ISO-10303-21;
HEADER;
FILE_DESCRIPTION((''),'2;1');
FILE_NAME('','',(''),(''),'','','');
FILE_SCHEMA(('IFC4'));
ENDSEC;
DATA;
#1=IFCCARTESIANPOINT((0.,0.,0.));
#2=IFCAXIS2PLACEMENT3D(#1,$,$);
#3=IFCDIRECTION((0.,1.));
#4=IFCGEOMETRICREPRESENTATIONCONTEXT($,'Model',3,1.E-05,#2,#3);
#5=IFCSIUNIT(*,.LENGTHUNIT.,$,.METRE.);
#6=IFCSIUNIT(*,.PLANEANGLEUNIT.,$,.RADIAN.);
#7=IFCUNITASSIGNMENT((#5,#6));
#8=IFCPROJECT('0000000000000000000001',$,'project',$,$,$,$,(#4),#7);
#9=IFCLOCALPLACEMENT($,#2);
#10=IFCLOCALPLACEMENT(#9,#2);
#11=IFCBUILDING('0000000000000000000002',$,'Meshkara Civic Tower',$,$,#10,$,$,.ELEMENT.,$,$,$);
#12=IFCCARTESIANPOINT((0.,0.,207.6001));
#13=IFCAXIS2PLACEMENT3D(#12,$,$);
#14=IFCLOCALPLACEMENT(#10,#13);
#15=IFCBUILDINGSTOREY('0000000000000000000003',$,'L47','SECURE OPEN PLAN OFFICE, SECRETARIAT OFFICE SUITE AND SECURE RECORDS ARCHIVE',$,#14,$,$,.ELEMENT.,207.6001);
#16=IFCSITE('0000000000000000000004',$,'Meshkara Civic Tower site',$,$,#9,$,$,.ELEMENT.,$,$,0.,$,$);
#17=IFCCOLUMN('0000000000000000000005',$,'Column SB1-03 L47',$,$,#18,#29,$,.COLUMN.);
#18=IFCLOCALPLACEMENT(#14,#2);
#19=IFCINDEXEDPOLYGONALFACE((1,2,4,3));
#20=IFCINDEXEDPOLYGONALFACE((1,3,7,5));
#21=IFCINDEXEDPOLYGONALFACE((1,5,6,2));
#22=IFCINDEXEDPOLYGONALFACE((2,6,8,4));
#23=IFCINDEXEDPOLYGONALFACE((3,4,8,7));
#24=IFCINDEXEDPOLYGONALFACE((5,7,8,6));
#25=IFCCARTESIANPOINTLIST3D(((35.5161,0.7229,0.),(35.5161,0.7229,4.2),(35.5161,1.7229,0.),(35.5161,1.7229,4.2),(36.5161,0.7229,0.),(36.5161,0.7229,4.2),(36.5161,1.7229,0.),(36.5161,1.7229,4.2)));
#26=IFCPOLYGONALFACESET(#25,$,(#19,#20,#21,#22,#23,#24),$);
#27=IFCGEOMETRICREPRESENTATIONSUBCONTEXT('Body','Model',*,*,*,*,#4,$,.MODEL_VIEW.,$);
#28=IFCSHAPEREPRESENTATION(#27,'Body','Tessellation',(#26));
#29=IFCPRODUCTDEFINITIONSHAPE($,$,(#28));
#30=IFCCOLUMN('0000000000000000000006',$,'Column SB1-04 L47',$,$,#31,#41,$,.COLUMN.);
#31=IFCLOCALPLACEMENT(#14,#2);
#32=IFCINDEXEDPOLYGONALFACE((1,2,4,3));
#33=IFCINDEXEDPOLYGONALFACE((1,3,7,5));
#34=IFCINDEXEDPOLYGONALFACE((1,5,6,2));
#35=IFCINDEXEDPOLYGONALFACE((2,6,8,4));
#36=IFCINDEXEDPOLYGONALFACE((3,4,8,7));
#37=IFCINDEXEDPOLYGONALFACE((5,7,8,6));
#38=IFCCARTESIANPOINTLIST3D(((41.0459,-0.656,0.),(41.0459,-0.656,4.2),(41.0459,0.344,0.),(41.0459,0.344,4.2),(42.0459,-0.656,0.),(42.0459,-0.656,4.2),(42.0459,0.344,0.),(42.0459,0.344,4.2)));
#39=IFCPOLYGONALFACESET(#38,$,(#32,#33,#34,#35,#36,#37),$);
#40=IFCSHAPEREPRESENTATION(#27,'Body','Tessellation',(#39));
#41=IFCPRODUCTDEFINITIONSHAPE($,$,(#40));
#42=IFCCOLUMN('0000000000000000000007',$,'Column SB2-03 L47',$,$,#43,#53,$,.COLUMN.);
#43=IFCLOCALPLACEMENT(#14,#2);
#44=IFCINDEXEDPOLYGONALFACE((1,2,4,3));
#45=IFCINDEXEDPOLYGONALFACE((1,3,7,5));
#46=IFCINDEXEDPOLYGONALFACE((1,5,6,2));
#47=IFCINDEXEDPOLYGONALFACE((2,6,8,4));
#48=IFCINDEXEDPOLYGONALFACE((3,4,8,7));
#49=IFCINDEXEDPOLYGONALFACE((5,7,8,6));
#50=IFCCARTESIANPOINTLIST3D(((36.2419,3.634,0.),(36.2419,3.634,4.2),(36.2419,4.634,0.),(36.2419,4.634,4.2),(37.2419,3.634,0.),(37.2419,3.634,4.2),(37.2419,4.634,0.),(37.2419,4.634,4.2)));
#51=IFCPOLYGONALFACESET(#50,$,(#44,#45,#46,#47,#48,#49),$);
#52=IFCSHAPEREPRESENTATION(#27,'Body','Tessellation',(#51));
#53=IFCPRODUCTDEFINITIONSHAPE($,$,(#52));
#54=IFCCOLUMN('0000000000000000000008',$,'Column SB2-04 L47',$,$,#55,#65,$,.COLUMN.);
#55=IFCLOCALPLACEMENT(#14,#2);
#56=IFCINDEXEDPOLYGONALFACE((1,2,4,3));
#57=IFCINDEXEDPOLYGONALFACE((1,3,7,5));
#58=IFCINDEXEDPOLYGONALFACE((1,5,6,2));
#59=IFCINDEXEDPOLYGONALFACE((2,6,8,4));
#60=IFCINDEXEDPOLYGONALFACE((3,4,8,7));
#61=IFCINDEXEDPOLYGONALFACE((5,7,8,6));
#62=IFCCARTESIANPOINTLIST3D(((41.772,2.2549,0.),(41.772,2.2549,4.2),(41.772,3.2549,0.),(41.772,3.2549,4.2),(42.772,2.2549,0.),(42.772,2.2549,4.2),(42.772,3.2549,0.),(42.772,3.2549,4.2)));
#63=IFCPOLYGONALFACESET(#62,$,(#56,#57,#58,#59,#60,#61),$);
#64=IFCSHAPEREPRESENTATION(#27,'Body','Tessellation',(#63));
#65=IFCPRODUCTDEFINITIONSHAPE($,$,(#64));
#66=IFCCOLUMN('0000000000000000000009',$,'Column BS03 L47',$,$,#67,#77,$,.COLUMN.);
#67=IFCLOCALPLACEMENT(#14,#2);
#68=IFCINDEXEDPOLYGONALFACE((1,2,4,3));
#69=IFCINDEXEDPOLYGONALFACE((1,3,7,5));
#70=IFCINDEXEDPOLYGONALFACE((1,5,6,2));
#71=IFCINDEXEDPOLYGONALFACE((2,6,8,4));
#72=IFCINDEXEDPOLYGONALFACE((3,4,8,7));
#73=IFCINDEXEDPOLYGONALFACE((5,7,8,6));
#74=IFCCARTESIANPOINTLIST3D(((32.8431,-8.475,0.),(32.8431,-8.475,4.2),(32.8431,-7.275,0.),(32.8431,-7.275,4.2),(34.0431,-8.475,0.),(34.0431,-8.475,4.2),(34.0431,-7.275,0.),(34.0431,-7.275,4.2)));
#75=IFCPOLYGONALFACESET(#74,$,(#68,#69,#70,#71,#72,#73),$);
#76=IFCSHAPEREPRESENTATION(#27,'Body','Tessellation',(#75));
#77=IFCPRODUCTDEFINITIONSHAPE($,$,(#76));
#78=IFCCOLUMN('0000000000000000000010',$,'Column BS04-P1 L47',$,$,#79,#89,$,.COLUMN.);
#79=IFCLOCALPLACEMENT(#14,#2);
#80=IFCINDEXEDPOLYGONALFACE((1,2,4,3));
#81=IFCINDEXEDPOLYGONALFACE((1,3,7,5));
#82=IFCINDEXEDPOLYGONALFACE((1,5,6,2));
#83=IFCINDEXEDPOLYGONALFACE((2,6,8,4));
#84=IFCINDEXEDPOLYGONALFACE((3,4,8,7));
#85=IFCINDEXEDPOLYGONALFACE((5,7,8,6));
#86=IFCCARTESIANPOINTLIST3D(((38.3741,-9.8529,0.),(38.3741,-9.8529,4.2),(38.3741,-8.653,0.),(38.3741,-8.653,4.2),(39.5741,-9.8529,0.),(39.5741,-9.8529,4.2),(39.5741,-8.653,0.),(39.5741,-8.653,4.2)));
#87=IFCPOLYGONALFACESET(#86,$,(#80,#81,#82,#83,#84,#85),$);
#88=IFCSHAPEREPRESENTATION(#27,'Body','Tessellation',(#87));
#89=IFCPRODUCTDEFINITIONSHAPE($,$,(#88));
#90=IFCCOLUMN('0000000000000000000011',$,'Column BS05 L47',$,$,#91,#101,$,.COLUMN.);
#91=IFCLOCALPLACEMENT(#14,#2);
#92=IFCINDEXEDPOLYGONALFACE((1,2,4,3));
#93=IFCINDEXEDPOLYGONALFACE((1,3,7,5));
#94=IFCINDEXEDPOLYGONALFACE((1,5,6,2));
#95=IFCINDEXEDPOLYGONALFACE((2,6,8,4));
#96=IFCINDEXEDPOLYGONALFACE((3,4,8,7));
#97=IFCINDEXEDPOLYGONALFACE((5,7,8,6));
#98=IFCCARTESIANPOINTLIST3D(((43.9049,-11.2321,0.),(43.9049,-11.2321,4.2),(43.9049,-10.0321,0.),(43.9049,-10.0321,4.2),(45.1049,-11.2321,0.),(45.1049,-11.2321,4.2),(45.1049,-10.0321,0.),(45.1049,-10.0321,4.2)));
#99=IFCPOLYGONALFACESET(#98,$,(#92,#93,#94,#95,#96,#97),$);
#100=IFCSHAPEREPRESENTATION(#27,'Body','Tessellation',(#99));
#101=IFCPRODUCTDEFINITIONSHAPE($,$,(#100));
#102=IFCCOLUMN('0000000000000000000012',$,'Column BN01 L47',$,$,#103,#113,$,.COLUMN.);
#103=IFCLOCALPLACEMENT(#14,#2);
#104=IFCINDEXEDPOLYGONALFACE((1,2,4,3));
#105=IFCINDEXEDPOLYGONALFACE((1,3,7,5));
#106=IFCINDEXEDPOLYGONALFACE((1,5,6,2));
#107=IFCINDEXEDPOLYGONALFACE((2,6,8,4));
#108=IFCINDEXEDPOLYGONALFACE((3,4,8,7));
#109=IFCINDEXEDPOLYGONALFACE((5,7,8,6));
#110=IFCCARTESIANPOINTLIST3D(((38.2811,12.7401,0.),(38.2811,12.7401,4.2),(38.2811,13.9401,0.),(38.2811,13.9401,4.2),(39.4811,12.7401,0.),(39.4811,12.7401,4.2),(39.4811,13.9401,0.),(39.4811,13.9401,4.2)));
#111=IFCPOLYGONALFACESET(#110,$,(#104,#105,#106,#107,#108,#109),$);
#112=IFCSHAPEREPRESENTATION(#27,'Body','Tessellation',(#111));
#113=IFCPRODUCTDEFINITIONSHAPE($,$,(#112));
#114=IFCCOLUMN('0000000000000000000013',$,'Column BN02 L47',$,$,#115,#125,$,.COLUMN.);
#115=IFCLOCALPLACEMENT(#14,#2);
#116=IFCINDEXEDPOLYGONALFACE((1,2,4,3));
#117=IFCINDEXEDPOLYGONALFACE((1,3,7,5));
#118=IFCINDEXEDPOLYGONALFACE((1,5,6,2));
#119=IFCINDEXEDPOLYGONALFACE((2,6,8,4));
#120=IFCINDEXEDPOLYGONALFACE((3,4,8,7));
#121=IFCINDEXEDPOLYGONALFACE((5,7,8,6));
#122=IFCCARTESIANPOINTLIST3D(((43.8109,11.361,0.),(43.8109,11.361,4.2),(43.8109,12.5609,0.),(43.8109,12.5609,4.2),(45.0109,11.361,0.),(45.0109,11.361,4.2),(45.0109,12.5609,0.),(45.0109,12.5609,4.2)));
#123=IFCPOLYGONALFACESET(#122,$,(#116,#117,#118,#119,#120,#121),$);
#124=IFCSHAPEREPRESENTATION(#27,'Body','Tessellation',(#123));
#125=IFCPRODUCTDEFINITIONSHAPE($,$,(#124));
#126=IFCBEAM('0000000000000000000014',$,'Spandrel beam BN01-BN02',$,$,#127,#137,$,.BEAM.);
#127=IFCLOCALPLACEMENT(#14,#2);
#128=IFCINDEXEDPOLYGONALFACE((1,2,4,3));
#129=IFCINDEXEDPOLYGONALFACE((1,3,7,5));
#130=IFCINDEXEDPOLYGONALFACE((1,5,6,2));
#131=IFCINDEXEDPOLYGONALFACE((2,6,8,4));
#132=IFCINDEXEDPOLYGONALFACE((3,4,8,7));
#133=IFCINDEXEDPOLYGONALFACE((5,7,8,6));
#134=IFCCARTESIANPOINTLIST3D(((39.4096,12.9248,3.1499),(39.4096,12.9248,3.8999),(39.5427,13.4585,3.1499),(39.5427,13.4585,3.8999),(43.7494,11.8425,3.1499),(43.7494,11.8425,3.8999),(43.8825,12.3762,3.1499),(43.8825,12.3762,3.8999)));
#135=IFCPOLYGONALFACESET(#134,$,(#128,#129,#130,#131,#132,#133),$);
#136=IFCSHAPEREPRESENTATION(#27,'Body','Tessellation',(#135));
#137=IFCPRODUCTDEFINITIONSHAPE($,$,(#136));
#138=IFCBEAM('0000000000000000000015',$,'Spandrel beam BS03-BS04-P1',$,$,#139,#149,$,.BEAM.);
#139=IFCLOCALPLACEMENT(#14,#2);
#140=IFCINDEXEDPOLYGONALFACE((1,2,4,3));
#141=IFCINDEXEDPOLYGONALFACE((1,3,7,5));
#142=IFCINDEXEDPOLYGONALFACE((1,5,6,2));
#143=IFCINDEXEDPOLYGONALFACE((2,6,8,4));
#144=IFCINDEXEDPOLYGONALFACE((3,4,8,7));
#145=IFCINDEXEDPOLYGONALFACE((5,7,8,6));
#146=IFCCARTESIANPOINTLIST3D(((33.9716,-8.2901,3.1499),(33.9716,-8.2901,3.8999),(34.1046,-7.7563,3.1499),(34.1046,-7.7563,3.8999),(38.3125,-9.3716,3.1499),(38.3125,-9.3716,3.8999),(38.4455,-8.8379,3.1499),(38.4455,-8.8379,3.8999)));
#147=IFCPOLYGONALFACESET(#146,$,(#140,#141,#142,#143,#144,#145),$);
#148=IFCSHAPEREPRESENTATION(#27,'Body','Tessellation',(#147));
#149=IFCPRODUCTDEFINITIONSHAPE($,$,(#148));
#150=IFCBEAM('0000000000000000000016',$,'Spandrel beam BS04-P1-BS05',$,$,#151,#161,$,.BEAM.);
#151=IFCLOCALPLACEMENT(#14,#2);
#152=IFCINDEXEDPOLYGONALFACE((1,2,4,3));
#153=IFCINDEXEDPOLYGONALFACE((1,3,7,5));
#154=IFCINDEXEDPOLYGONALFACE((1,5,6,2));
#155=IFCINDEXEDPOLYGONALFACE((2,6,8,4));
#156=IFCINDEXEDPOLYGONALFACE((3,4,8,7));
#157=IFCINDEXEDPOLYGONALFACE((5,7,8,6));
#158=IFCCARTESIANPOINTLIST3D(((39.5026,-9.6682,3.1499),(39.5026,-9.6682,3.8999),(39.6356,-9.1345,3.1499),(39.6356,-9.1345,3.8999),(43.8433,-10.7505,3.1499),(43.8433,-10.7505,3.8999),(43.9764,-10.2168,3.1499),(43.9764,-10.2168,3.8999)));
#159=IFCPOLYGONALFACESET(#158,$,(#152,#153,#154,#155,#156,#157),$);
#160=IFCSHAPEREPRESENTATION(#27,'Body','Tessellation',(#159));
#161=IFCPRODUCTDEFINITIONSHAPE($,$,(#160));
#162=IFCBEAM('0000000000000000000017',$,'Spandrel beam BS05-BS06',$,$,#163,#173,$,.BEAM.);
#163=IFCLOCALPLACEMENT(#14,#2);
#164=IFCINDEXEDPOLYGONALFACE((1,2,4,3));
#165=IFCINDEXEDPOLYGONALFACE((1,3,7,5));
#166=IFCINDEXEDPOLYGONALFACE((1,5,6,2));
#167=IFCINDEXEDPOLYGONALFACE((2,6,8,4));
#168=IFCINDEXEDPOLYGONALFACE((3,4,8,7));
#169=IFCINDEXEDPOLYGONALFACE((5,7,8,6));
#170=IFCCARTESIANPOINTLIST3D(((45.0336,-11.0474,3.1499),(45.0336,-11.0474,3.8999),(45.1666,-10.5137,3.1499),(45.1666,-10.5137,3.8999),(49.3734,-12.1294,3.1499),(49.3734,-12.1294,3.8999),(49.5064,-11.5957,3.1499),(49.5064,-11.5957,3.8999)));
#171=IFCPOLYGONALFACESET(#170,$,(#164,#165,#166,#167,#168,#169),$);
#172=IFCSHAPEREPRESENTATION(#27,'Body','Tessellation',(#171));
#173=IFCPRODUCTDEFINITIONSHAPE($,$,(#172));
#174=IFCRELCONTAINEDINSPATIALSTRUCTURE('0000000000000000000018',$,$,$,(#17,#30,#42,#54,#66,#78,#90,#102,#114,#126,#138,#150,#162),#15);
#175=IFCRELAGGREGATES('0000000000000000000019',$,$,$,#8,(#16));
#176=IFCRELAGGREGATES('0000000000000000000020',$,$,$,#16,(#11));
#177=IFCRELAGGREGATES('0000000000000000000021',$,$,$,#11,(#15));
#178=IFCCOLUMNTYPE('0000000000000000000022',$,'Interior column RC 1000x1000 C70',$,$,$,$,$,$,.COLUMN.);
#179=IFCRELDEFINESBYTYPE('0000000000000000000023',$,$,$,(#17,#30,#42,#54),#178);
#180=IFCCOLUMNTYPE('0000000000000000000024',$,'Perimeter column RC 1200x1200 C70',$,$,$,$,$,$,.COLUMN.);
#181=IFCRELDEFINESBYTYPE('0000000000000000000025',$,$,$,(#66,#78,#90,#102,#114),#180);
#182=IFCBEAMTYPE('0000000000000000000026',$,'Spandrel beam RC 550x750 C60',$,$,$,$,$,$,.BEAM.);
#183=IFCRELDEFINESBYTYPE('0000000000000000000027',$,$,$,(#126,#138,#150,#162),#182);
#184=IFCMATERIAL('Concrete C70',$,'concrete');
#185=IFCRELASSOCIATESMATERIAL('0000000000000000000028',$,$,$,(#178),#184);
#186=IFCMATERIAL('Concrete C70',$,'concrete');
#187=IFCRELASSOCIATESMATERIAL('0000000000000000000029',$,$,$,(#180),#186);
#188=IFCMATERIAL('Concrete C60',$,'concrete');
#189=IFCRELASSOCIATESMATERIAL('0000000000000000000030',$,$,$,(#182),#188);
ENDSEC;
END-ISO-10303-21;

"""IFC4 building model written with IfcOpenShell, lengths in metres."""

from ifc_helpers import new_model, si_unit, direction, frame, origin, origin_2d, place, context, subcontext, project, spatial, rectangle, extrude, material, material_profile, profile_set, type_object, element, save


model = new_model("IFC4")

# Units and contexts
model_context = context("Model", 3, precision=1e-05, world=origin(), true_north=direction((0.0, 1.0)))
body_context = subcontext(model_context, "Body", "Model", "MODEL_VIEW")
ifc_project = project(units=[si_unit("LENGTHUNIT", "METRE"), si_unit("PLANEANGLEUNIT", "RADIAN")], contexts=[model_context])

# Site, building, storey
site_placement = place(None, origin())
site = spatial("IfcSite", under=ifc_project, at=site_placement, Name="Meshkara Civic Tower site", CompositionType="ELEMENT", RefElevation=0.0)
building_placement = place(site_placement, origin())
building = spatial("IfcBuilding", under=site, at=building_placement, Name="Meshkara Civic Tower", CompositionType="ELEMENT")
storey_placement = place(building_placement, frame((0.0, 0.0, 207.6001)))
storey = spatial("IfcBuildingStorey", under=building, at=storey_placement, Name="L47", Description="SECURE OPEN PLAN OFFICE, SECRETARIAT OFFICE SUITE AND SECURE RECORDS ARCHIVE", CompositionType="ELEMENT", Elevation=207.6001)

# Columns
ifc_material_1 = material(Name="Concrete C70", Category="concrete")
ifc_material_profile_1 = material_profile(ifc_material_1, rectangle(XDim=1.0, YDim=1.0, at=origin_2d()))
ifc_profile_set_1 = profile_set([ifc_material_profile_1], Name="Concrete C70")
column_type_1 = type_object("IfcColumnType", Name="Interior column RC 1000x1000 C70", PredefinedType="COLUMN", material=ifc_profile_set_1)
for number, where, z_axis, x_axis, name in (
    (1, (36.0161, 1.2229, 0.0), (0.0, 0.0, 1.0), (1.0, 0.0, 0.0), "Column SB1-03 L47"),
    (2, (41.5459, -0.156, 0.0), (0.0, 0.0, 1.0), (1.0, 0.0, 0.0), "Column SB1-04 L47"),
    (3, (36.7419, 4.134, 0.0), (0.0, 0.0, 1.0), (1.0, 0.0, 0.0), "Column SB2-03 L47"),
    (4, (42.272, 2.7549, 0.0), (0.0, 0.0, 1.0), (1.0, 0.0, 0.0), "Column SB2-04 L47"),
):
    element("IfcColumn", number, at=place(storey_placement, frame(where, z_axis=z_axis, x_axis=x_axis)), inside=storey, type_object=column_type_1, Name=name, PredefinedType="COLUMN", context=body_context, shape_type="SweptSolid", body=[
        extrude(rectangle(XDim=1.0, YDim=1.0, at=origin_2d()), origin(), (0.0, 0.0, 1.0), 4.2),
    ])
ifc_material_2 = material(Name="Concrete C70", Category="concrete")
ifc_material_profile_2 = material_profile(ifc_material_2, rectangle(XDim=1.2, YDim=1.2, at=origin_2d()))
ifc_profile_set_2 = profile_set([ifc_material_profile_2], Name="Concrete C70")
column_type_2 = type_object("IfcColumnType", Name="Perimeter column RC 1200x1200 C70", PredefinedType="COLUMN", material=ifc_profile_set_2)
for number, where, z_axis, x_axis, name in (
    (5, (33.4431, -7.875, 0.0), (0.0, 0.0, 1.0), (1.0, 0.0, 0.0), "Column BS03 L47"),
    (6, (38.9741, -9.2529, 0.0), (0.0, 0.0, 1.0), (1.0, 0.0, 0.0), "Column BS04-P1 L47"),
    (7, (44.5049, -10.6321, 0.0), (0.0, 0.0, 1.0), (1.0, 0.0, 0.0), "Column BS05 L47"),
    (8, (38.8811, 13.3401, 0.0), (0.0, 0.0, 1.0), (1.0, 0.0, 0.0), "Column BN01 L47"),
    (9, (44.4109, 11.9609, 0.0), (0.0, 0.0, 1.0), (1.0, 0.0, 0.0), "Column BN02 L47"),
):
    element("IfcColumn", number, at=place(storey_placement, frame(where, z_axis=z_axis, x_axis=x_axis)), inside=storey, type_object=column_type_2, Name=name, PredefinedType="COLUMN", context=body_context, shape_type="SweptSolid", body=[
        extrude(rectangle(XDim=1.2, YDim=1.2, at=origin_2d()), origin(), (0.0, 0.0, 1.0), 4.2),
    ])

# Beams
ifc_material_3 = material(Name="Concrete C60", Category="concrete")
ifc_material_profile_3 = material_profile(ifc_material_3, rectangle(XDim=0.55, YDim=0.75, at=origin_2d()))
ifc_profile_set_3 = profile_set([ifc_material_profile_3], Name="Concrete C60")
beam_type = type_object("IfcBeamType", Name="Spandrel beam RC 550x750 C60", PredefinedType="BEAM", material=ifc_profile_set_3)
beam_1_placement = place(storey_placement, frame((43.8159, 12.1094, 3.5249), z_axis=(-0.970284, 0.24197, 0.0), x_axis=(-0.24197, -0.970284, 0.0)))
element("IfcBeam", 10, at=beam_1_placement, inside=storey, type_object=beam_type, Name="Spandrel beam BN01-BN02", PredefinedType="BEAM", context=body_context, shape_type="SweptSolid", body=[
    extrude(rectangle(XDim=0.55, YDim=0.75, at=origin_2d()), origin(), (0.0, 0.0, 1.0), 4.4727),
])
for number, where, z_axis, x_axis, name in (
    (11, (34.0381, -8.0232, 3.5249), (0.970335, -0.241765, 0.0), (0.241765, 0.970335, 0.0), "Spandrel beam BS03-BS04-P1"),
    (12, (39.5691, -9.4014, 3.5249), (0.970296, -0.241919, 0.0), (0.241919, 0.970296, 0.0), "Spandrel beam BS04-P1-BS05"),
):
    element("IfcBeam", number, at=place(storey_placement, frame(where, z_axis=z_axis, x_axis=x_axis)), inside=storey, type_object=beam_type, Name=name, PredefinedType="BEAM", context=body_context, shape_type="SweptSolid", body=[
        extrude(rectangle(XDim=0.55, YDim=0.75, at=origin_2d()), origin(), (0.0, 0.0, 1.0), 4.4736),
    ])
beam_2_placement = place(storey_placement, frame((45.1001, -10.7805, 3.5249), z_axis=(0.970296, -0.241919, 0.0), x_axis=(0.241919, 0.970296, 0.0)))
element("IfcBeam", 13, at=beam_2_placement, inside=storey, type_object=beam_type, Name="Spandrel beam BS05-BS06", PredefinedType="BEAM", context=body_context, shape_type="SweptSolid", body=[
    extrude(rectangle(XDim=0.55, YDim=0.75, at=origin_2d()), origin(), (0.0, 0.0, 1.0), 4.4727),
])

save(model, "model.ifc")
